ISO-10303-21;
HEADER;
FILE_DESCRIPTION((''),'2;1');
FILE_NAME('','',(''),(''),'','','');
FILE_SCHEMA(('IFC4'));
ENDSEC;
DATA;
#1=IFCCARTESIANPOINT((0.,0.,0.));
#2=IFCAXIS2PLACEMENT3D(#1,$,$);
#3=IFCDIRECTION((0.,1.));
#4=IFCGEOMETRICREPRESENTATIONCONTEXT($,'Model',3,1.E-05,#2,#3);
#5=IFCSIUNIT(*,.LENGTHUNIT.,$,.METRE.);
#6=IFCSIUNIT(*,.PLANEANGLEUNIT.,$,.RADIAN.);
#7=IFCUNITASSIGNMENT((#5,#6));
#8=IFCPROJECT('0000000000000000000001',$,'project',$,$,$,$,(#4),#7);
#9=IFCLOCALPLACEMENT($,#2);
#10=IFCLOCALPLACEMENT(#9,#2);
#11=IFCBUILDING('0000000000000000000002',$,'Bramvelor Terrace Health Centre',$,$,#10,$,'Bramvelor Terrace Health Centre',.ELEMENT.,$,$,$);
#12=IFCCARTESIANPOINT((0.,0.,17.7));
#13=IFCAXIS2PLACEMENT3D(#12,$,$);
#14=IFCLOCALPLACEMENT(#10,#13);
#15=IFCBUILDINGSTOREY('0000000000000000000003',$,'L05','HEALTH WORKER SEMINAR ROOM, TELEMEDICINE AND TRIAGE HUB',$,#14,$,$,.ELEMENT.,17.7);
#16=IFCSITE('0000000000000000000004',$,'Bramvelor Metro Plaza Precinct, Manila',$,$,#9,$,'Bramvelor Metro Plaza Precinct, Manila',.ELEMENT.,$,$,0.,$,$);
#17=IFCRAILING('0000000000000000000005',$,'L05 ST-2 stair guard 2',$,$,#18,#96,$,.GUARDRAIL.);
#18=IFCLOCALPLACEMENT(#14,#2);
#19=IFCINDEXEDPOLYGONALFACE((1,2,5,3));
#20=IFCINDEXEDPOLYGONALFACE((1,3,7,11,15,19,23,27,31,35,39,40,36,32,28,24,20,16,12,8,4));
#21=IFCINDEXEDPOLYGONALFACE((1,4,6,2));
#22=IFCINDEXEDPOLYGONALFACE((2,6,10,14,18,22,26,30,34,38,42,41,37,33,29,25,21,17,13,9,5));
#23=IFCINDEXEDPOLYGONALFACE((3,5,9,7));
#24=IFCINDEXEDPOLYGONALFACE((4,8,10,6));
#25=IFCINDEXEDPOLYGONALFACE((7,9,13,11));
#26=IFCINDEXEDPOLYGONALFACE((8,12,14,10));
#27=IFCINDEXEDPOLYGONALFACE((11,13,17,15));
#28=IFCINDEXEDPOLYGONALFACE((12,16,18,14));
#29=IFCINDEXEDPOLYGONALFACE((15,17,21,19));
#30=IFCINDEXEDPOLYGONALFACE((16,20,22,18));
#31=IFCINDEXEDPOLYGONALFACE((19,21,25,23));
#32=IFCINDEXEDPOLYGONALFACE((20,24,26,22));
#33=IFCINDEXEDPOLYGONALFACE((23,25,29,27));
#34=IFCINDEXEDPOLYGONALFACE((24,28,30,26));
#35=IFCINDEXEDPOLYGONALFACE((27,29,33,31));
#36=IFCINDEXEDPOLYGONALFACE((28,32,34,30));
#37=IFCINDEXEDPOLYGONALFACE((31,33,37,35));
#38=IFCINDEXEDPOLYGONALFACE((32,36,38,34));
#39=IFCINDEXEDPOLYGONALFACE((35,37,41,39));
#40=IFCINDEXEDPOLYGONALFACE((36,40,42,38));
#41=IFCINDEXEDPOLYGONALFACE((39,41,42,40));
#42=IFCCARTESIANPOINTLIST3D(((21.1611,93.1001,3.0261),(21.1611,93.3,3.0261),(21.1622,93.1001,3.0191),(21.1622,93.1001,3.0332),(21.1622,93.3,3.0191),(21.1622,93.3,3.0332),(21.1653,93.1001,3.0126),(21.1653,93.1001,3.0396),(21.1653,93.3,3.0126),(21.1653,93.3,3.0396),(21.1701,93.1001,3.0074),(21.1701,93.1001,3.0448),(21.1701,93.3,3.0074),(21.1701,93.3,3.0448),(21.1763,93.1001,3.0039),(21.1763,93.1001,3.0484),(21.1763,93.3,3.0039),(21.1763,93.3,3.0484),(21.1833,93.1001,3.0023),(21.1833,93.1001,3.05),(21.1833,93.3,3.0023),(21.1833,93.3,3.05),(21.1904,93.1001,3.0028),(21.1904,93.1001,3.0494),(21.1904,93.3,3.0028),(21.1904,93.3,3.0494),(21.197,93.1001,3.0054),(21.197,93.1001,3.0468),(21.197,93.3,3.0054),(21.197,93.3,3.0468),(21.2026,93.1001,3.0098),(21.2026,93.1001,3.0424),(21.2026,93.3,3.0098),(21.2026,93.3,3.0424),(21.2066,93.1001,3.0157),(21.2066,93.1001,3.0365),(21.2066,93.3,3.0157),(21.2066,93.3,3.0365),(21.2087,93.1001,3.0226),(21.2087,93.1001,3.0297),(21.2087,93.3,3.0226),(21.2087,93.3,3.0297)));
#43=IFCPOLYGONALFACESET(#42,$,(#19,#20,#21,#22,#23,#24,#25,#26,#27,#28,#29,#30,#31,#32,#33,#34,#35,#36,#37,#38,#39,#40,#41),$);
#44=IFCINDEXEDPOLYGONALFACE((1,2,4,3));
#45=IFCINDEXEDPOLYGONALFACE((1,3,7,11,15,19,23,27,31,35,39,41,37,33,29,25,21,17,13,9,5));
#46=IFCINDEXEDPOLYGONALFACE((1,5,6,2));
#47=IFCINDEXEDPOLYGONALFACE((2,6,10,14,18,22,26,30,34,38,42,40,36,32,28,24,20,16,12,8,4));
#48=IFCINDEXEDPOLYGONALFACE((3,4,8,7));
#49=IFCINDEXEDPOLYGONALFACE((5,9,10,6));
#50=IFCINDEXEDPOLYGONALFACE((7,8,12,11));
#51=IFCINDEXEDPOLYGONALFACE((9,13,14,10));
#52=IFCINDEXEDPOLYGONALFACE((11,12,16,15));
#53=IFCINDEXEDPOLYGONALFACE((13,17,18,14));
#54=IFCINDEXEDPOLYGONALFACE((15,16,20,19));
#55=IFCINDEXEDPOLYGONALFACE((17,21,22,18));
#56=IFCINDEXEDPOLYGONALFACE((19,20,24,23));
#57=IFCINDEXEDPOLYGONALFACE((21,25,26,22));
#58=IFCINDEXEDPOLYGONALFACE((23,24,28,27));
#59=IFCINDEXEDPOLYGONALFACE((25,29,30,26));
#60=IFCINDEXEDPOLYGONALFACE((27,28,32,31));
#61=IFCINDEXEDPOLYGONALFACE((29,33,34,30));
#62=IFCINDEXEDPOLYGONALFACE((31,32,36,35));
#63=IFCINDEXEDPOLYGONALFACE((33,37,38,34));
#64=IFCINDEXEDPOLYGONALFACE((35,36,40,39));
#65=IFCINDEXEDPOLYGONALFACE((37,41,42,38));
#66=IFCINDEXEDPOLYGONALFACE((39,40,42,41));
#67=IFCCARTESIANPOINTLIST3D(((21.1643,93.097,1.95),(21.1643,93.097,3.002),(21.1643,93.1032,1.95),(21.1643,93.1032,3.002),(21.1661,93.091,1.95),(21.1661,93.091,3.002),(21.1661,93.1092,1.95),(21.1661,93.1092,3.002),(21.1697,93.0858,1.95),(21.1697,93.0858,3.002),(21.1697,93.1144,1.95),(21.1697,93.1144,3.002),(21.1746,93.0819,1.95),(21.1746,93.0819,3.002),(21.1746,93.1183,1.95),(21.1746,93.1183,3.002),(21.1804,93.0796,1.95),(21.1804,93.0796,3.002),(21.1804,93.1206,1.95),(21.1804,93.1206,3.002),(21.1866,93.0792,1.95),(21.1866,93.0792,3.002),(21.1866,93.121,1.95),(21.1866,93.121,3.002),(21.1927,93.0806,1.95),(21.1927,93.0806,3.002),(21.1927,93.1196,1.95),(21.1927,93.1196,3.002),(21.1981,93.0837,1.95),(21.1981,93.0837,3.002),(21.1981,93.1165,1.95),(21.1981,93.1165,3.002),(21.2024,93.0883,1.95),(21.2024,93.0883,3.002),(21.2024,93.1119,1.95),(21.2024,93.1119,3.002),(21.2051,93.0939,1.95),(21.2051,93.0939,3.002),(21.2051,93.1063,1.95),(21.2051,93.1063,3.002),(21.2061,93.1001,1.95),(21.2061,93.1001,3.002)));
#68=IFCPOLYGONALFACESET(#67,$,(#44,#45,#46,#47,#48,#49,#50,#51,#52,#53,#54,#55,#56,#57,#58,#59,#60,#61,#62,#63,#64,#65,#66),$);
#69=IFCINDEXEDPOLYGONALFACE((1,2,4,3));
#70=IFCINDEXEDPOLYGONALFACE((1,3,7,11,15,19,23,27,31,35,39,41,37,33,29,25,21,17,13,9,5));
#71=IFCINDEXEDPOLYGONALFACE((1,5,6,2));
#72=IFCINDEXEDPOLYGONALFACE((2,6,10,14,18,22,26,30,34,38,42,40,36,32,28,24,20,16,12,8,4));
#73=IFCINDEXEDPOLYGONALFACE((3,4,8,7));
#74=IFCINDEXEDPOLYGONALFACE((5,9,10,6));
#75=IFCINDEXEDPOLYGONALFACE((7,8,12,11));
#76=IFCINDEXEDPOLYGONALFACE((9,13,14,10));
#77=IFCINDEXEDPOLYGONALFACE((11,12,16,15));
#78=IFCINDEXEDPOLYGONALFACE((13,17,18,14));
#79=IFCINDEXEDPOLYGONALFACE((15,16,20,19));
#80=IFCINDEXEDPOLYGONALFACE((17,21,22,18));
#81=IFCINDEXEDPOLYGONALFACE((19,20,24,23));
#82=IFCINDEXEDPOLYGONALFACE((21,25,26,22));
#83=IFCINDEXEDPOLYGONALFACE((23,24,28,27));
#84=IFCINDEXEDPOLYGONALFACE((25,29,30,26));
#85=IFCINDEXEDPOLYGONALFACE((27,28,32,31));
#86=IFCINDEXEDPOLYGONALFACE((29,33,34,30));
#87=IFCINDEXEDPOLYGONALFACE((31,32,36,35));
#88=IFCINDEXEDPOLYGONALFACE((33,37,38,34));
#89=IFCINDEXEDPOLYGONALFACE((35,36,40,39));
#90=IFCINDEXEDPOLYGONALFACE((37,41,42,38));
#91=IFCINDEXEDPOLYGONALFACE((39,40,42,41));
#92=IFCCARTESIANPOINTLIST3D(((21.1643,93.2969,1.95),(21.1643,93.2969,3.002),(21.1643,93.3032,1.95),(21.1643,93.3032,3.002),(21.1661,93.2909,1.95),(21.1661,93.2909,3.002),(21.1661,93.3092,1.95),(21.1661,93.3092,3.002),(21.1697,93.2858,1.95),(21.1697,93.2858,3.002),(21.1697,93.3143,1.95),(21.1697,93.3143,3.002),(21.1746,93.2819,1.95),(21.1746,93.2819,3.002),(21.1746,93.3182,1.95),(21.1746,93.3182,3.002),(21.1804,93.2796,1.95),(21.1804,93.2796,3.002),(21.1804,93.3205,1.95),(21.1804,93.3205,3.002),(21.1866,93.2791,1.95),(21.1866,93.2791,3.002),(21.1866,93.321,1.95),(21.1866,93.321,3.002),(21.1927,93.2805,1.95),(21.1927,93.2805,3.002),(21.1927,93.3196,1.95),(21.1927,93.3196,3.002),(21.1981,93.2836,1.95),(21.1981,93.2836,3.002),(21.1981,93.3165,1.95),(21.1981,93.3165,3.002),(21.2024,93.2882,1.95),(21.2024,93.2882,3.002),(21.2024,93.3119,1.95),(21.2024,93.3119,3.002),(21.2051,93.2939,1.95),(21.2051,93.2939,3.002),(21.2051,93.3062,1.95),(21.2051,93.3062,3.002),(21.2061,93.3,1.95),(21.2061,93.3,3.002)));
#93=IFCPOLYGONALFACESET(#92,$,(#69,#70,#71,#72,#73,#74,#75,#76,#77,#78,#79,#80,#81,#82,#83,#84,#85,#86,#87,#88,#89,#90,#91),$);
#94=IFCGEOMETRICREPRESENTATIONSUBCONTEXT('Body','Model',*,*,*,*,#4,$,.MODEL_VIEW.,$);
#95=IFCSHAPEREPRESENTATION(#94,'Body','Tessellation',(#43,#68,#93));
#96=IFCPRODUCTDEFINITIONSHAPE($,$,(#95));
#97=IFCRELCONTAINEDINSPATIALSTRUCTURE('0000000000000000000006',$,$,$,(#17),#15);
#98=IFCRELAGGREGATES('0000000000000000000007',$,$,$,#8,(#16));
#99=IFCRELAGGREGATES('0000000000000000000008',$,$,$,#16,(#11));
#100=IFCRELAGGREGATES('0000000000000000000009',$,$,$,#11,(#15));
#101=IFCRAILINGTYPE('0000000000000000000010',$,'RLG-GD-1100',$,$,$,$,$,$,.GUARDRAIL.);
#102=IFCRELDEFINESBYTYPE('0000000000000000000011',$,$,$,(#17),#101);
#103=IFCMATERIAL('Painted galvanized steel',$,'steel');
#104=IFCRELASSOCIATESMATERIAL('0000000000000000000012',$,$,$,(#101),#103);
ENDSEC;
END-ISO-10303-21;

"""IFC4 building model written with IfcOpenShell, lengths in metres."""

from ifc_helpers import new_model, si_unit, direction, frame, origin, origin_2d, place, context, subcontext, project, spatial, circle, extrude, material, type_object, element, save


model = new_model("IFC4")

# Units and contexts
model_context = context("Model", 3, precision=1e-05, world=origin(), true_north=direction((0.0, 1.0)))
body_context = subcontext(model_context, "Body", "Model", "MODEL_VIEW")
ifc_project = project(units=[si_unit("LENGTHUNIT", "METRE"), si_unit("PLANEANGLEUNIT", "RADIAN")], contexts=[model_context])

# Site, building, storey
site_placement = place(None, origin())
site = spatial("IfcSite", under=ifc_project, at=site_placement, Name="Bramvelor Metro Plaza Precinct, Manila", LongName="Bramvelor Metro Plaza Precinct, Manila", CompositionType="ELEMENT", RefElevation=0.0)
building_placement = place(site_placement, origin())
building = spatial("IfcBuilding", under=site, at=building_placement, Name="Bramvelor Terrace Health Centre", LongName="Bramvelor Terrace Health Centre", CompositionType="ELEMENT")
storey_placement = place(building_placement, frame((0.0, 0.0, 17.7)))
storey = spatial("IfcBuildingStorey", under=building, at=storey_placement, Name="L05", Description="HEALTH WORKER SEMINAR ROOM, TELEMEDICINE AND TRIAGE HUB", CompositionType="ELEMENT", Elevation=17.7)

# Railing
ifc_material_1 = material(Name="Painted galvanized steel", Category="steel")
railing_type_1 = type_object("IfcRailingType", Name="RLG-GD-1100", PredefinedType="GUARDRAIL", material=ifc_material_1)
railing_1_placement = place(storey_placement, frame((21.1851, 93.1001, 1.95)))
element("IfcRailing", 1, at=railing_1_placement, inside=storey, type_object=railing_type_1, Name="L05 ST-2 stair guard 2", PredefinedType="GUARDRAIL", context=body_context, shape_type="SweptSolid", body=[
    extrude(circle(Radius=0.0239, at=origin_2d()), frame((0.0, 0.0, 1.0762), z_axis=(0.0, 1.0, 0.0), x_axis=(-1.0, 0.0, 0.0)), (0.0, 0.0, 1.0), 0.2),
    extrude(circle(Radius=0.021, at=origin_2d()), origin(), (0.0, 0.0, 1.0), 1.052),
    extrude(circle(Radius=0.021, at=origin_2d()), frame((0.0, 0.2, 0.0)), (0.0, 0.0, 1.0), 1.052),
])

save(model, "model.ifc")
